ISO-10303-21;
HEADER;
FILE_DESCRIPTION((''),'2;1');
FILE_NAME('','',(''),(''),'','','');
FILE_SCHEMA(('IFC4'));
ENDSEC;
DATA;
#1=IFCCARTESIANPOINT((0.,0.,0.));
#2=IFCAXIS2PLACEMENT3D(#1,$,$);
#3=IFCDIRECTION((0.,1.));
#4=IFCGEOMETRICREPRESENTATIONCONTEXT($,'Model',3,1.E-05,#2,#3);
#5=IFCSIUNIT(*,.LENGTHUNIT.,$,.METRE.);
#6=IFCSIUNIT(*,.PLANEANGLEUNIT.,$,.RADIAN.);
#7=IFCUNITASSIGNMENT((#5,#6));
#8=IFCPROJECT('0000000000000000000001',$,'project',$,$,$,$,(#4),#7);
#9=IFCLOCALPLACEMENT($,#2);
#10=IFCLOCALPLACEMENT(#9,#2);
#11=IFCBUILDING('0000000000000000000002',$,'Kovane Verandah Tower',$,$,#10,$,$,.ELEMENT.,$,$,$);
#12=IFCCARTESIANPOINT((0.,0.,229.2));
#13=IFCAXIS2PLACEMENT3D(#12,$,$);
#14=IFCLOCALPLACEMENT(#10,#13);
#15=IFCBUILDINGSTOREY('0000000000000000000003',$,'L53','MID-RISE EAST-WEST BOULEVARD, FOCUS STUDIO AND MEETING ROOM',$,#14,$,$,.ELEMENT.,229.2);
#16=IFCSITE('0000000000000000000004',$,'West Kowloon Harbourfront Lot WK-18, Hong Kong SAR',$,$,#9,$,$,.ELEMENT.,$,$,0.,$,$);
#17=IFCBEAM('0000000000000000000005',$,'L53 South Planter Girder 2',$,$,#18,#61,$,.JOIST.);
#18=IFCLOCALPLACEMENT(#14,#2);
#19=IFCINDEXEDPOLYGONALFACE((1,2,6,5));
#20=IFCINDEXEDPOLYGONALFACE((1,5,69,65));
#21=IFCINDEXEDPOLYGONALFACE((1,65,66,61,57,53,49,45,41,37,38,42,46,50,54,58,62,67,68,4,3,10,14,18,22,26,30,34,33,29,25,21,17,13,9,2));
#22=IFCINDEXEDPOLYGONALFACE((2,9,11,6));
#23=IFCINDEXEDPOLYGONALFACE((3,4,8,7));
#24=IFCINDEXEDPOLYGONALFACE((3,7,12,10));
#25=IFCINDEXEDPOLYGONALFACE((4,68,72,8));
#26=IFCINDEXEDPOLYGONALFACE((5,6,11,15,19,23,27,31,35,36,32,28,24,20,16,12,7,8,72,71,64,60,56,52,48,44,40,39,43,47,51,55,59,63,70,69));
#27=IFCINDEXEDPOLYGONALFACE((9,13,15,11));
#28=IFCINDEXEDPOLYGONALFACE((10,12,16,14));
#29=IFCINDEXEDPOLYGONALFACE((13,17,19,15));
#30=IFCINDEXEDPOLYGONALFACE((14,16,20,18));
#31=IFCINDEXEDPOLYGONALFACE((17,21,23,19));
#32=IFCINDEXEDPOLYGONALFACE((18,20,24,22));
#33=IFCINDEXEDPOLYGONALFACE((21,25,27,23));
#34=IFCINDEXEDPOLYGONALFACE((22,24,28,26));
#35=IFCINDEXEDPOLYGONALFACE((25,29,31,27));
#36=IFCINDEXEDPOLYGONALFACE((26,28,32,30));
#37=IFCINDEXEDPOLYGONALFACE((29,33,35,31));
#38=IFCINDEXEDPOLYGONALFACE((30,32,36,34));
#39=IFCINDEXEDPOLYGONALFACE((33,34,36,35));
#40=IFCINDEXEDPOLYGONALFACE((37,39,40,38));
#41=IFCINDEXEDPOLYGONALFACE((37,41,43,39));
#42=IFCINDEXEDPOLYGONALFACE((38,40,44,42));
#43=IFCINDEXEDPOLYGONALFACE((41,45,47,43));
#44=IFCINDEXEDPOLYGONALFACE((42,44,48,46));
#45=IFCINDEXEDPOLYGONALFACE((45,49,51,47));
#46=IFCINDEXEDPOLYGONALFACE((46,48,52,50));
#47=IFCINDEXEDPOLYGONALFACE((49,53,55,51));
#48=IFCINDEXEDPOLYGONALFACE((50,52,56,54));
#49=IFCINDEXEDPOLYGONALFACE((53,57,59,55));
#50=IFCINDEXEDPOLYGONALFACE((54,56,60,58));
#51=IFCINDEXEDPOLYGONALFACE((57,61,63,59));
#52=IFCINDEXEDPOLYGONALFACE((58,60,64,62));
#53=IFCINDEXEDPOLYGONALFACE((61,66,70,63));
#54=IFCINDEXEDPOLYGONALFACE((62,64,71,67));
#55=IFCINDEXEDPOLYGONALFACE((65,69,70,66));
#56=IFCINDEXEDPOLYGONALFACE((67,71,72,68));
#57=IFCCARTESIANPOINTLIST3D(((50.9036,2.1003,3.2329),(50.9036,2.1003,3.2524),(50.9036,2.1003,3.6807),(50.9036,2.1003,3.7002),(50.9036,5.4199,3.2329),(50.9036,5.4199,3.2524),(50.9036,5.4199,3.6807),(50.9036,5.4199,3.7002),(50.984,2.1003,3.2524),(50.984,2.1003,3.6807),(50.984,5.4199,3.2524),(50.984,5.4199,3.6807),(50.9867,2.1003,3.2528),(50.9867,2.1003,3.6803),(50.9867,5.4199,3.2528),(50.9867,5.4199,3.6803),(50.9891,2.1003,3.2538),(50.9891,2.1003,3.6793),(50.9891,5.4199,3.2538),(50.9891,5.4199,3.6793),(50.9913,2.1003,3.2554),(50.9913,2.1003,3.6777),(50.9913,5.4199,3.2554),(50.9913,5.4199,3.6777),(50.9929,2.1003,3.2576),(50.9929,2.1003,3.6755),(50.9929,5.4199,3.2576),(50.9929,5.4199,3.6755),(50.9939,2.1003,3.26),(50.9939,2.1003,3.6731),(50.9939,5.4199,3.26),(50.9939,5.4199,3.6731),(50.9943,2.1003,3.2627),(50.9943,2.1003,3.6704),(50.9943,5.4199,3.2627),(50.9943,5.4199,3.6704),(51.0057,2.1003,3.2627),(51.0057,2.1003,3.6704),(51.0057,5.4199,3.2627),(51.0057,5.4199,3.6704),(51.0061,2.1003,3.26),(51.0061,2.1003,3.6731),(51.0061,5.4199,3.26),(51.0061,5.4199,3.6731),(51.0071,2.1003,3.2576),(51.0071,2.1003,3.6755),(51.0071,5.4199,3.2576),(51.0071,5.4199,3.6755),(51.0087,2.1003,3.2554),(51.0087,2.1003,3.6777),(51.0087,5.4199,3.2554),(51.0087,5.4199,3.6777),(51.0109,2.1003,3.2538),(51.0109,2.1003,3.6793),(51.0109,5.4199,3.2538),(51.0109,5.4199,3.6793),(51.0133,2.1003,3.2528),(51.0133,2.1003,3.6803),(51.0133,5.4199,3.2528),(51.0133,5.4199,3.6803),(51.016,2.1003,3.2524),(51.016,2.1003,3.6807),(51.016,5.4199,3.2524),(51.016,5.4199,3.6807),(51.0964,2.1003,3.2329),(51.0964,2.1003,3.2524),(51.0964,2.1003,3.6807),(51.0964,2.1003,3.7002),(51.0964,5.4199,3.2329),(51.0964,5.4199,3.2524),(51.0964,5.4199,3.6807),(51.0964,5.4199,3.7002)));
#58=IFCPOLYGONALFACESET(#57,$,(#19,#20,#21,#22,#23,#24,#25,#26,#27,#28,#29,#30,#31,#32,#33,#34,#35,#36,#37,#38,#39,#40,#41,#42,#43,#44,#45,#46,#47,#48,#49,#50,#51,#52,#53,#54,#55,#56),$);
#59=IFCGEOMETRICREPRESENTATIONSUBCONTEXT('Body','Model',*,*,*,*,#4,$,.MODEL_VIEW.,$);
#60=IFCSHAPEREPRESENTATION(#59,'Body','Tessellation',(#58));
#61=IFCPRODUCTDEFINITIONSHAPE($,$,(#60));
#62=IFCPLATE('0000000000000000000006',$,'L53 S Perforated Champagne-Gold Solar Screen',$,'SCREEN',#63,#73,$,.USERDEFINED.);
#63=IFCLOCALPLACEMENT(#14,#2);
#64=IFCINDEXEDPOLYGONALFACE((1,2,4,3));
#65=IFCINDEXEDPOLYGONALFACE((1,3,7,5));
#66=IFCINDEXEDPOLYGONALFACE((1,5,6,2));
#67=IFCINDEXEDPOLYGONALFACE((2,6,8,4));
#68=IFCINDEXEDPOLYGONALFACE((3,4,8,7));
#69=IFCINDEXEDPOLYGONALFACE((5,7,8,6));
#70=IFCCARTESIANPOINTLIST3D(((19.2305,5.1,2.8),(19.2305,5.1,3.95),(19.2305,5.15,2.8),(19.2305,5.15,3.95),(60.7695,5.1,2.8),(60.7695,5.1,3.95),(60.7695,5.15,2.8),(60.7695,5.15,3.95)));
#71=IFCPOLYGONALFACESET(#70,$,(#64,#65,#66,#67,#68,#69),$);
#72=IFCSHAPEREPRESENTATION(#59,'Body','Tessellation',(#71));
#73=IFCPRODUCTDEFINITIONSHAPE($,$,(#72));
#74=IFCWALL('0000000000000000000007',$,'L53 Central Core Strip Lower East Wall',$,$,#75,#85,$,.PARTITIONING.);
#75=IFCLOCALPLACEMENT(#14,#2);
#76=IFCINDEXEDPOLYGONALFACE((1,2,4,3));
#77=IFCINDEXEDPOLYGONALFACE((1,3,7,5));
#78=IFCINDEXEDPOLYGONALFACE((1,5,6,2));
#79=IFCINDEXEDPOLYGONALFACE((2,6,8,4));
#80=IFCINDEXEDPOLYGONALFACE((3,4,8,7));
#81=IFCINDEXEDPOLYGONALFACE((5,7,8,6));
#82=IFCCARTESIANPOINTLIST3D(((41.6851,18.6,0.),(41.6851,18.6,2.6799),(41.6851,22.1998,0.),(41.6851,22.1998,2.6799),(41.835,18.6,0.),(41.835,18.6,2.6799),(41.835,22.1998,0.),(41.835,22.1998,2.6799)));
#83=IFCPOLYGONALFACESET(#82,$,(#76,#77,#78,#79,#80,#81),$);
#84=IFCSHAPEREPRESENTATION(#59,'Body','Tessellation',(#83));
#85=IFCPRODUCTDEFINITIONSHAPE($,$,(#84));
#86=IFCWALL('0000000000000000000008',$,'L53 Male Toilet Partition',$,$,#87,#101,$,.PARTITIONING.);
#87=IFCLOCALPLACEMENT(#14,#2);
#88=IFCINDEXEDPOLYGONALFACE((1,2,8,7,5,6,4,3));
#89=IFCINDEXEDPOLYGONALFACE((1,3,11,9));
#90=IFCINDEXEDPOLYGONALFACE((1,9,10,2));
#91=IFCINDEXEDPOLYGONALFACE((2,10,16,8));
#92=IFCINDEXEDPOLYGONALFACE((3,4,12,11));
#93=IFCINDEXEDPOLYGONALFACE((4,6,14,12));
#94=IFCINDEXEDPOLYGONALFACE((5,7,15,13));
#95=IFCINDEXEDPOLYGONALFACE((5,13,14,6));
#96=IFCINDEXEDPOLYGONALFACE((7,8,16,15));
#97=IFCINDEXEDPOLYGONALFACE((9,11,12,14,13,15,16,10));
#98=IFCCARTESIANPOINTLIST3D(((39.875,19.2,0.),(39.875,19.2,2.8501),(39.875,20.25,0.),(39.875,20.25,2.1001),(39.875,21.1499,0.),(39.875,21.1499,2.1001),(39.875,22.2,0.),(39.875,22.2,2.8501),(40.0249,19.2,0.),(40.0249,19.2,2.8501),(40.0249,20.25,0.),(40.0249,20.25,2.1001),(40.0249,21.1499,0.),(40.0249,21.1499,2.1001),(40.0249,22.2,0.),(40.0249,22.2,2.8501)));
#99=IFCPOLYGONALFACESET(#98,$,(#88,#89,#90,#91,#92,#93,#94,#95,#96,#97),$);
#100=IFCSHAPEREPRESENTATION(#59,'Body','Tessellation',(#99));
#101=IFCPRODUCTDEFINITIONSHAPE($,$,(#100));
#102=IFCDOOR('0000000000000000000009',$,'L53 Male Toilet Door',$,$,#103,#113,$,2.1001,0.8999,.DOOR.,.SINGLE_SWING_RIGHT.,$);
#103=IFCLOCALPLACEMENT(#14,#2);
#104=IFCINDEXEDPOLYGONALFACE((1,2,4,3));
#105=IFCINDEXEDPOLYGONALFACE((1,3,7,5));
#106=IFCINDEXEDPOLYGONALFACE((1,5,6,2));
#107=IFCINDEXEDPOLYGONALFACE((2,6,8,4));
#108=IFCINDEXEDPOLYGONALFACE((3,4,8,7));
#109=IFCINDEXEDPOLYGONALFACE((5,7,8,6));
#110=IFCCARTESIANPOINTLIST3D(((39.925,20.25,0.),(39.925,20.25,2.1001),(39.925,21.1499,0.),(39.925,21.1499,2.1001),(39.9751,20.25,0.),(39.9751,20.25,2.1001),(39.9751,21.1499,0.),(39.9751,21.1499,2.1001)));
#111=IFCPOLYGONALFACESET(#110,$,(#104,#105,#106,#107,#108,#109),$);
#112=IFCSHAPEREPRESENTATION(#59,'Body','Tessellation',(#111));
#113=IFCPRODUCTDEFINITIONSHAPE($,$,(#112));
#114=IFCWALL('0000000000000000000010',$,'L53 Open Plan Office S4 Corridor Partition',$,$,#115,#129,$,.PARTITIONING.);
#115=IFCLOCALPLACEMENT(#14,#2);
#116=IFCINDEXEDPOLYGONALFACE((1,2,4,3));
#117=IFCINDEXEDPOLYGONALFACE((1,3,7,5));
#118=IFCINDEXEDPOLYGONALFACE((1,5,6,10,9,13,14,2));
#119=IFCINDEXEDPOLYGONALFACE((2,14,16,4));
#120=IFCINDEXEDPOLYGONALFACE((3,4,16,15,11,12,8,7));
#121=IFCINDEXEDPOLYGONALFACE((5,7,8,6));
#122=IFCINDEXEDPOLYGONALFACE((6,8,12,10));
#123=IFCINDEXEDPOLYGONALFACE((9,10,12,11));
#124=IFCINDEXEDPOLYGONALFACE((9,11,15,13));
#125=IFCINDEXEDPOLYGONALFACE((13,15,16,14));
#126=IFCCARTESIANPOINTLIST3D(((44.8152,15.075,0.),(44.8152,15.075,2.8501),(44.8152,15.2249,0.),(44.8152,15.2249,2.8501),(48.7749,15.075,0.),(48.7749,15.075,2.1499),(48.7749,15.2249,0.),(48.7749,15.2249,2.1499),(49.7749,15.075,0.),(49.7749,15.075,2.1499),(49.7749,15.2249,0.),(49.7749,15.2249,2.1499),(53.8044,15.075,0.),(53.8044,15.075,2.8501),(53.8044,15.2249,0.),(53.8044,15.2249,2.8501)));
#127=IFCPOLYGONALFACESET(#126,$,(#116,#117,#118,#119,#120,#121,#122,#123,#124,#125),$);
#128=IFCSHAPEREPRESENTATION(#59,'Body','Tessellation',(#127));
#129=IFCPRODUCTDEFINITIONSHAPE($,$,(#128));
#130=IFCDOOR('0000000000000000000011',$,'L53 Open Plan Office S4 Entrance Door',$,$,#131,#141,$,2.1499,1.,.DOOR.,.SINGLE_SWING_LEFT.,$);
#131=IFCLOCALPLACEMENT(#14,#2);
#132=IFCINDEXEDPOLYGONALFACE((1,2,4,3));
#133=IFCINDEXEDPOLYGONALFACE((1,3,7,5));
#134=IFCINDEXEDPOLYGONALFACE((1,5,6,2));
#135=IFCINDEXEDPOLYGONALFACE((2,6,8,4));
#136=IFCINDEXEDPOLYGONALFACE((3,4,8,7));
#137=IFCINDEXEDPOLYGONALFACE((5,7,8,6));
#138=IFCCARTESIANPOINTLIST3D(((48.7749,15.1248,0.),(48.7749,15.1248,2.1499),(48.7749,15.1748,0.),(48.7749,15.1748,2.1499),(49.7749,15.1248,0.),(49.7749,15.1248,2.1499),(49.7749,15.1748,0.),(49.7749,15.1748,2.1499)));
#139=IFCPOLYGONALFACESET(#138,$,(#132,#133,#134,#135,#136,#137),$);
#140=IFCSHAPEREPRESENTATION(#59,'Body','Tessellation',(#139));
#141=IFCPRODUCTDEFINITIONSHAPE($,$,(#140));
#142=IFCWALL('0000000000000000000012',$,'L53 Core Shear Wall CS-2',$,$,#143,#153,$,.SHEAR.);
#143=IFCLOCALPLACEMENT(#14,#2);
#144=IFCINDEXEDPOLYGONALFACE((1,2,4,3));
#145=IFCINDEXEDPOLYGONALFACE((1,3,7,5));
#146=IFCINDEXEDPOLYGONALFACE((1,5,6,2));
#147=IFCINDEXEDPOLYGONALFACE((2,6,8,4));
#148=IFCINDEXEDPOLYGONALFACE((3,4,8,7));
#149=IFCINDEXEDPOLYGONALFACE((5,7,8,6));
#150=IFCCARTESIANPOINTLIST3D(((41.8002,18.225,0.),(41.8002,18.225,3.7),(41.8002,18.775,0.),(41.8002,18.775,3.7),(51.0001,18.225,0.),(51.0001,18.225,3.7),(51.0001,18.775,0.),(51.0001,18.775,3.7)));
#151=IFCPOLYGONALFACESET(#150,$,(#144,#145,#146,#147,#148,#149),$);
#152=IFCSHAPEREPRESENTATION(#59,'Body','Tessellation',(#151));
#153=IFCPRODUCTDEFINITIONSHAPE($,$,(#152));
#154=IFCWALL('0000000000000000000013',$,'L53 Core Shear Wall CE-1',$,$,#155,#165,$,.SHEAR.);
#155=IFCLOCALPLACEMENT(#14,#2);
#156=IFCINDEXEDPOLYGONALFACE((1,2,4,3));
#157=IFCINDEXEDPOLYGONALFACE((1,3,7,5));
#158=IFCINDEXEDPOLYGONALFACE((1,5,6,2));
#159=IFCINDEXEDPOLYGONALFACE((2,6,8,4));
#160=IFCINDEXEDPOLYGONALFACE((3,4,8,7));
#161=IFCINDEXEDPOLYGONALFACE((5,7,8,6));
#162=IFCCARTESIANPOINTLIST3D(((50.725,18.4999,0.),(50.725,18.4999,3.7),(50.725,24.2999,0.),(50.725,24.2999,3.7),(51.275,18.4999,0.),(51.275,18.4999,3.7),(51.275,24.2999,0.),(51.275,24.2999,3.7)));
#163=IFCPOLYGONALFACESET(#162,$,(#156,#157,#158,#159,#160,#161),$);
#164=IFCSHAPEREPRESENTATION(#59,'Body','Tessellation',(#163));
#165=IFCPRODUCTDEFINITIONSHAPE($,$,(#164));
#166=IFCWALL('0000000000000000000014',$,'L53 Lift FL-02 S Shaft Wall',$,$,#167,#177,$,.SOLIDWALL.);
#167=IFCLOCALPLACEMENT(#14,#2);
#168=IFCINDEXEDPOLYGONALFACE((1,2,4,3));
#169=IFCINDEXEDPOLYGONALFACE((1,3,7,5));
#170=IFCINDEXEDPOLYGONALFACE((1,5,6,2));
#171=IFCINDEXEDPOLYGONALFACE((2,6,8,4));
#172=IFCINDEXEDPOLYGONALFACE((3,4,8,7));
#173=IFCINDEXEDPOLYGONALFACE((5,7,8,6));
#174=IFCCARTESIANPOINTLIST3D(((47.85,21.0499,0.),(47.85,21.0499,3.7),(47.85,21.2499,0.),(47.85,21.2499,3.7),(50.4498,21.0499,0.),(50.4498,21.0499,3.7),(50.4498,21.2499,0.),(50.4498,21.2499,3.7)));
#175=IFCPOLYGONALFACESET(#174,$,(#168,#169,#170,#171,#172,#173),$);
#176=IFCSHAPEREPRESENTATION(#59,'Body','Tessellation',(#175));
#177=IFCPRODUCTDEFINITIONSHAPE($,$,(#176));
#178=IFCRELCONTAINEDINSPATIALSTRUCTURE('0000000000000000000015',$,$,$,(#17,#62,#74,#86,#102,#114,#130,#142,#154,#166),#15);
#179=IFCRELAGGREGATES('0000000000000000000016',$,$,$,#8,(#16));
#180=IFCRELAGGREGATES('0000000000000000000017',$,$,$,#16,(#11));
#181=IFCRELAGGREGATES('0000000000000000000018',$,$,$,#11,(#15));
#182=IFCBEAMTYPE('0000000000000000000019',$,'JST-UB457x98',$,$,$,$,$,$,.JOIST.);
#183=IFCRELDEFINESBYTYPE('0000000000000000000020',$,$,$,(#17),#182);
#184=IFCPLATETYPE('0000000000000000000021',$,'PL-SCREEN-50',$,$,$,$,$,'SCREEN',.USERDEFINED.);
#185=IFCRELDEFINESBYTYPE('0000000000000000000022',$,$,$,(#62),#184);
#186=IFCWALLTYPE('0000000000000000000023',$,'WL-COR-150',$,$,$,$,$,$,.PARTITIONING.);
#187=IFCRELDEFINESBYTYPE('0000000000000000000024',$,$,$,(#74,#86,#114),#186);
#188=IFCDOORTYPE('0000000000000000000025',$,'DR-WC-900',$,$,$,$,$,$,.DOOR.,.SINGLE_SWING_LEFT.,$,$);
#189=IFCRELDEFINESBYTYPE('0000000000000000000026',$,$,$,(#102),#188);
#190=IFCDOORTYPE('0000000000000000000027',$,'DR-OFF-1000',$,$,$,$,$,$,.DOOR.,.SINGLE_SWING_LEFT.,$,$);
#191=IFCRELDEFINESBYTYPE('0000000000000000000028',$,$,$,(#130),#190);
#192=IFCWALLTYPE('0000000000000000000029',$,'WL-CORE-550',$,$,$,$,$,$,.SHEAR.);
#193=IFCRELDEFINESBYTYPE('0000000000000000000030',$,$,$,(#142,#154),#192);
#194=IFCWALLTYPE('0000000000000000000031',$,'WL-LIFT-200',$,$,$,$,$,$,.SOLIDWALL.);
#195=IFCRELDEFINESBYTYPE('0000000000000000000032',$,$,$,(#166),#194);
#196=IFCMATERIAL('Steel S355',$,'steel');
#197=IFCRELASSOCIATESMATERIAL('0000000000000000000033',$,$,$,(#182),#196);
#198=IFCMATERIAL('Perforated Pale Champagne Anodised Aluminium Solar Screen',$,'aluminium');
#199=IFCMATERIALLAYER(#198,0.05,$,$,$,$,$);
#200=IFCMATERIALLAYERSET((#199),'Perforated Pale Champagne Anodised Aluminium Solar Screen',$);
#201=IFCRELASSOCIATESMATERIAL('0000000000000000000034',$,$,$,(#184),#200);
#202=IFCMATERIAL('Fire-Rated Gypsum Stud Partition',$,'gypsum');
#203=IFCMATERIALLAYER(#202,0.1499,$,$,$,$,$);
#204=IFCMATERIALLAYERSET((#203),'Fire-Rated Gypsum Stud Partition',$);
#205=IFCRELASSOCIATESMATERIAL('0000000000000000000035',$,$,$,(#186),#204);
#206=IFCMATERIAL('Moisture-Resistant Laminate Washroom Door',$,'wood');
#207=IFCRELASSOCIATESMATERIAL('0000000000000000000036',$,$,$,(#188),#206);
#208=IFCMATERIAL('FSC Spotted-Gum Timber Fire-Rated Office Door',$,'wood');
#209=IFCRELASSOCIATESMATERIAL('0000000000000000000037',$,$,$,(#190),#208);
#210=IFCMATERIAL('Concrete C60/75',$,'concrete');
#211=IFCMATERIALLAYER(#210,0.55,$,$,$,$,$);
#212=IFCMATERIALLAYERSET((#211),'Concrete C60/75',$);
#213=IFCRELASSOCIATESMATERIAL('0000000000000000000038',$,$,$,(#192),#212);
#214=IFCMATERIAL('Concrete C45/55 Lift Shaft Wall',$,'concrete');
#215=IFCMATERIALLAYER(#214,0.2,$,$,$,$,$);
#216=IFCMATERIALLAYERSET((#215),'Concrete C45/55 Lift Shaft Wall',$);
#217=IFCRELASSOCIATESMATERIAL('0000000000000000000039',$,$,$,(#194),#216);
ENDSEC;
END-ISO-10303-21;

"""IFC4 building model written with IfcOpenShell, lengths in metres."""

from ifc_helpers import new_model, si_unit, direction, frame, frame_2d, origin, origin_2d, place, context, subcontext, project, spatial, rectangle, i_section, extrude, material, layer, layer_set, material_profile, profile_set, type_object, element, fill, save


model = new_model("IFC4")

# Units and contexts
model_context = context("Model", 3, precision=1e-05, world=origin(), true_north=direction((0.0, 1.0)))
body_context = subcontext(model_context, "Body", "Model", "MODEL_VIEW")
ifc_project = project(units=[si_unit("LENGTHUNIT", "METRE"), si_unit("PLANEANGLEUNIT", "RADIAN")], contexts=[model_context])

# Site, building, storey
site_placement = place(None, origin())
site = spatial("IfcSite", under=ifc_project, at=site_placement, Name="West Kowloon Harbourfront Lot WK-18, Hong Kong SAR", CompositionType="ELEMENT", RefElevation=0.0)
building_placement = place(site_placement, origin())
building = spatial("IfcBuilding", under=site, at=building_placement, Name="Kovane Verandah Tower", CompositionType="ELEMENT")
storey_placement = place(building_placement, frame((0.0, 0.0, 229.2)))
storey = spatial("IfcBuildingStorey", under=building, at=storey_placement, Name="L53", Description="MID-RISE EAST-WEST BOULEVARD, FOCUS STUDIO AND MEETING ROOM", CompositionType="ELEMENT", Elevation=229.2)

# Shared definitions
ifc_material_1 = material(Name="Concrete C60/75", Category="concrete")

# Beam
ifc_material_2 = material(Name="Steel S355", Category="steel")
ifc_material_profile_1 = material_profile(ifc_material_2, i_section(OverallWidth=0.1929, OverallDepth=0.4673, WebThickness=0.0115, FlangeThickness=0.0195, FilletRadius=0.0103, at=origin_2d()), Name="UB457x191x98")
ifc_profile_set_1 = profile_set([ifc_material_profile_1], Name="Steel S355")
beam_type_1 = type_object("IfcBeamType", Name="JST-UB457x98", PredefinedType="JOIST", material=ifc_profile_set_1)
beam_1_placement = place(storey_placement, frame((51.0, 5.4199, 3.4666), z_axis=(0.0, -1.0, 0.0), x_axis=(1.0, 0.0, 0.0)))
element("IfcBeam", 1, at=beam_1_placement, inside=storey, type_object=beam_type_1, Name="L53 South Planter Girder 2", PredefinedType="JOIST", context=body_context, shape_type="SweptSolid", body=[
    extrude(i_section(OverallWidth=0.1929, OverallDepth=0.4673, WebThickness=0.0115, FlangeThickness=0.0195, FilletRadius=0.0103, at=origin_2d()), origin(), (0.0, 0.0, 1.0), 3.3196),
])

# Plate
ifc_material_3 = material(Name="Perforated Pale Champagne Anodised Aluminium Solar Screen", Category="aluminium")
ifc_layer_1 = layer(ifc_material_3, 0.05)
ifc_layer_set_1 = layer_set([ifc_layer_1], Name="Perforated Pale Champagne Anodised Aluminium Solar Screen")
plate_type = type_object("IfcPlateType", Name="PL-SCREEN-50", ElementType="SCREEN", PredefinedType="USERDEFINED", material=ifc_layer_set_1)
plate_placement = place(storey_placement, frame((40.0, 5.125, 2.8), z_axis=(0.0, 0.0, 1.0), x_axis=(1.0, 0.0, 0.0)))
element("IfcPlate", 2, at=plate_placement, inside=storey, type_object=plate_type, Name="L53 S Perforated Champagne-Gold Solar Screen", ObjectType="SCREEN", PredefinedType="USERDEFINED", context=body_context, shape_type="SweptSolid", body=[
    extrude(rectangle(XDim=41.5391, YDim=0.05, at=origin_2d()), origin(), (0.0, 0.0, 1.0), 1.1499),
])

# Wall
ifc_material_4 = material(Name="Fire-Rated Gypsum Stud Partition", Category="gypsum")
ifc_layer_2 = layer(ifc_material_4, 0.1499)
ifc_layer_set_2 = layer_set([ifc_layer_2], Name="Fire-Rated Gypsum Stud Partition")
wall_type_1 = type_object("IfcWallType", Name="WL-COR-150", PredefinedType="PARTITIONING", material=ifc_layer_set_2)
wall_1_placement = place(storey_placement, frame((41.76, 18.6001, 0.0), z_axis=(0.0, 0.0, 1.0), x_axis=(0.0, 1.0, 0.0)))
element("IfcWall", 3, at=wall_1_placement, inside=storey, type_object=wall_type_1, Name="L53 Central Core Strip Lower East Wall", PredefinedType="PARTITIONING", context=body_context, shape_type="SweptSolid", body=[
    extrude(rectangle(XDim=3.5999, YDim=0.1499, at=frame_2d((1.7998, 0.0))), origin(), (0.0, 0.0, 1.0), 2.6799),
])

# Walls, openings, doors
wall_2_placement = place(storey_placement, frame((39.95, 19.2, 0.0), z_axis=(0.0, 0.0, 1.0), x_axis=(0.0, 1.0, 0.0)))
wall_2 = element("IfcWall", 4, at=wall_2_placement, inside=storey, type_object=wall_type_1, Name="L53 Male Toilet Partition", PredefinedType="PARTITIONING", context=body_context, shape_type="SweptSolid", body=[
    extrude(rectangle(XDim=3.0, YDim=0.1499, at=frame_2d((1.5, 0.0))), origin(), (0.0, 0.0, 1.0), 2.8501),
])
opening_1_placement = place(wall_2_placement, frame((1.05, 0.0, 0.0)))
opening_1 = element("IfcOpeningElement", 5, at=opening_1_placement, cuts=wall_2, PredefinedType="OPENING", context=body_context, shape_type="SweptSolid", body=[
    extrude(rectangle(XDim=0.8999, YDim=2.1001, at=frame_2d((0.45, 1.05))), frame((0.0, 0.075, 0.0), z_axis=(0.0, -1.0, 0.0), x_axis=(1.0, 0.0, 0.0)), (0.0, 0.0, 1.0), 0.1499),
])
ifc_material_5 = material(Name="Moisture-Resistant Laminate Washroom Door", Category="wood")
door_type_1 = type_object("IfcDoorType", Name="DR-WC-900", OperationType="SINGLE_SWING_LEFT", PredefinedType="DOOR", material=ifc_material_5)
door_1_placement = place(opening_1_placement, origin())
door_1 = element("IfcDoor", 6, at=door_1_placement, inside=storey, type_object=door_type_1, Name="L53 Male Toilet Door", OperationType="SINGLE_SWING_RIGHT", OverallHeight=2.1001, OverallWidth=0.8999, PredefinedType="DOOR", context=body_context, shape_type="SweptSolid", body=[
    extrude(rectangle(XDim=0.8999, YDim=2.1001, at=frame_2d((0.45, 1.05))), frame((0.0, 0.0249, 0.0), z_axis=(0.0, -1.0, 0.0), x_axis=(1.0, 0.0, 0.0)), (0.0, 0.0, 1.0), 0.05),
])
fill(opening_1, door_1)
wall_3_placement = place(storey_placement, frame((44.8152, 15.1499, 0.0), z_axis=(0.0, 0.0, 1.0), x_axis=(1.0, 0.0, 0.0)))
wall_3 = element("IfcWall", 7, at=wall_3_placement, inside=storey, type_object=wall_type_1, Name="L53 Open Plan Office S4 Corridor Partition", PredefinedType="PARTITIONING", context=body_context, shape_type="SweptSolid", body=[
    extrude(rectangle(XDim=8.9893, YDim=0.1499, at=frame_2d((4.4946, 0.0))), origin(), (0.0, 0.0, 1.0), 2.8501),
])
opening_2_placement = place(wall_3_placement, frame((3.9597, 0.0, 0.0)))
opening_2 = element("IfcOpeningElement", 8, at=opening_2_placement, cuts=wall_3, PredefinedType="OPENING", context=body_context, shape_type="SweptSolid", body=[
    extrude(rectangle(XDim=1.0, YDim=2.1499, at=frame_2d((0.5, 1.075))), frame((0.0, 0.075, 0.0), z_axis=(0.0, -1.0, 0.0), x_axis=(1.0, 0.0, 0.0)), (0.0, 0.0, 1.0), 0.1499),
])
ifc_material_6 = material(Name="FSC Spotted-Gum Timber Fire-Rated Office Door", Category="wood")
door_type_2 = type_object("IfcDoorType", Name="DR-OFF-1000", OperationType="SINGLE_SWING_LEFT", PredefinedType="DOOR", material=ifc_material_6)
door_2_placement = place(opening_2_placement, origin())
door_2 = element("IfcDoor", 9, at=door_2_placement, inside=storey, type_object=door_type_2, Name="L53 Open Plan Office S4 Entrance Door", OperationType="SINGLE_SWING_LEFT", OverallHeight=2.1499, OverallWidth=1.0, PredefinedType="DOOR", context=body_context, shape_type="SweptSolid", body=[
    extrude(rectangle(XDim=1.0, YDim=2.1499, at=frame_2d((0.5, 1.075))), frame((0.0, 0.0249, 0.0), z_axis=(0.0, -1.0, 0.0), x_axis=(1.0, 0.0, 0.0)), (0.0, 0.0, 1.0), 0.05),
])
fill(opening_2, door_2)

# Walls
ifc_layer_3 = layer(ifc_material_1, 0.55)
ifc_layer_set_3 = layer_set([ifc_layer_3], Name="Concrete C60/75")
wall_type_2 = type_object("IfcWallType", Name="WL-CORE-550", PredefinedType="SHEAR", material=ifc_layer_set_3)
wall_4_placement = place(storey_placement, frame((41.8, 18.5, 0.0), z_axis=(0.0, 0.0, 1.0), x_axis=(1.0, 0.0, 0.0)))
element("IfcWall", 10, at=wall_4_placement, inside=storey, type_object=wall_type_2, Name="L53 Core Shear Wall CS-2", PredefinedType="SHEAR", context=body_context, shape_type="SweptSolid", body=[
    extrude(rectangle(XDim=9.2, YDim=0.55, at=frame_2d((4.6001, 0.0))), origin(), (0.0, 0.0, 1.0), 3.7),
])
wall_5_placement = place(storey_placement, frame((51.0, 18.5, 0.0), z_axis=(0.0, 0.0, 1.0), x_axis=(0.0, 1.0, 0.0)))
element("IfcWall", 11, at=wall_5_placement, inside=storey, type_object=wall_type_2, Name="L53 Core Shear Wall CE-1", PredefinedType="SHEAR", context=body_context, shape_type="SweptSolid", body=[
    extrude(rectangle(XDim=5.8, YDim=0.55, at=frame_2d((2.8999, 0.0))), origin(), (0.0, 0.0, 1.0), 3.7),
])
ifc_material_7 = material(Name="Concrete C45/55 Lift Shaft Wall", Category="concrete")
ifc_layer_4 = layer(ifc_material_7, 0.2)
ifc_layer_set_4 = layer_set([ifc_layer_4], Name="Concrete C45/55 Lift Shaft Wall")
wall_type_3 = type_object("IfcWallType", Name="WL-LIFT-200", PredefinedType="SOLIDWALL", material=ifc_layer_set_4)
wall_6_placement = place(storey_placement, frame((47.8501, 21.1499, 0.0), z_axis=(0.0, 0.0, 1.0), x_axis=(1.0, 0.0, 0.0)))
element("IfcWall", 12, at=wall_6_placement, inside=storey, type_object=wall_type_3, Name="L53 Lift FL-02 S Shaft Wall", PredefinedType="SOLIDWALL", context=body_context, shape_type="SweptSolid", body=[
    extrude(rectangle(XDim=2.5999, YDim=0.2, at=frame_2d((1.2998, 0.0))), origin(), (0.0, 0.0, 1.0), 3.7),
])

save(model, "model.ifc")
